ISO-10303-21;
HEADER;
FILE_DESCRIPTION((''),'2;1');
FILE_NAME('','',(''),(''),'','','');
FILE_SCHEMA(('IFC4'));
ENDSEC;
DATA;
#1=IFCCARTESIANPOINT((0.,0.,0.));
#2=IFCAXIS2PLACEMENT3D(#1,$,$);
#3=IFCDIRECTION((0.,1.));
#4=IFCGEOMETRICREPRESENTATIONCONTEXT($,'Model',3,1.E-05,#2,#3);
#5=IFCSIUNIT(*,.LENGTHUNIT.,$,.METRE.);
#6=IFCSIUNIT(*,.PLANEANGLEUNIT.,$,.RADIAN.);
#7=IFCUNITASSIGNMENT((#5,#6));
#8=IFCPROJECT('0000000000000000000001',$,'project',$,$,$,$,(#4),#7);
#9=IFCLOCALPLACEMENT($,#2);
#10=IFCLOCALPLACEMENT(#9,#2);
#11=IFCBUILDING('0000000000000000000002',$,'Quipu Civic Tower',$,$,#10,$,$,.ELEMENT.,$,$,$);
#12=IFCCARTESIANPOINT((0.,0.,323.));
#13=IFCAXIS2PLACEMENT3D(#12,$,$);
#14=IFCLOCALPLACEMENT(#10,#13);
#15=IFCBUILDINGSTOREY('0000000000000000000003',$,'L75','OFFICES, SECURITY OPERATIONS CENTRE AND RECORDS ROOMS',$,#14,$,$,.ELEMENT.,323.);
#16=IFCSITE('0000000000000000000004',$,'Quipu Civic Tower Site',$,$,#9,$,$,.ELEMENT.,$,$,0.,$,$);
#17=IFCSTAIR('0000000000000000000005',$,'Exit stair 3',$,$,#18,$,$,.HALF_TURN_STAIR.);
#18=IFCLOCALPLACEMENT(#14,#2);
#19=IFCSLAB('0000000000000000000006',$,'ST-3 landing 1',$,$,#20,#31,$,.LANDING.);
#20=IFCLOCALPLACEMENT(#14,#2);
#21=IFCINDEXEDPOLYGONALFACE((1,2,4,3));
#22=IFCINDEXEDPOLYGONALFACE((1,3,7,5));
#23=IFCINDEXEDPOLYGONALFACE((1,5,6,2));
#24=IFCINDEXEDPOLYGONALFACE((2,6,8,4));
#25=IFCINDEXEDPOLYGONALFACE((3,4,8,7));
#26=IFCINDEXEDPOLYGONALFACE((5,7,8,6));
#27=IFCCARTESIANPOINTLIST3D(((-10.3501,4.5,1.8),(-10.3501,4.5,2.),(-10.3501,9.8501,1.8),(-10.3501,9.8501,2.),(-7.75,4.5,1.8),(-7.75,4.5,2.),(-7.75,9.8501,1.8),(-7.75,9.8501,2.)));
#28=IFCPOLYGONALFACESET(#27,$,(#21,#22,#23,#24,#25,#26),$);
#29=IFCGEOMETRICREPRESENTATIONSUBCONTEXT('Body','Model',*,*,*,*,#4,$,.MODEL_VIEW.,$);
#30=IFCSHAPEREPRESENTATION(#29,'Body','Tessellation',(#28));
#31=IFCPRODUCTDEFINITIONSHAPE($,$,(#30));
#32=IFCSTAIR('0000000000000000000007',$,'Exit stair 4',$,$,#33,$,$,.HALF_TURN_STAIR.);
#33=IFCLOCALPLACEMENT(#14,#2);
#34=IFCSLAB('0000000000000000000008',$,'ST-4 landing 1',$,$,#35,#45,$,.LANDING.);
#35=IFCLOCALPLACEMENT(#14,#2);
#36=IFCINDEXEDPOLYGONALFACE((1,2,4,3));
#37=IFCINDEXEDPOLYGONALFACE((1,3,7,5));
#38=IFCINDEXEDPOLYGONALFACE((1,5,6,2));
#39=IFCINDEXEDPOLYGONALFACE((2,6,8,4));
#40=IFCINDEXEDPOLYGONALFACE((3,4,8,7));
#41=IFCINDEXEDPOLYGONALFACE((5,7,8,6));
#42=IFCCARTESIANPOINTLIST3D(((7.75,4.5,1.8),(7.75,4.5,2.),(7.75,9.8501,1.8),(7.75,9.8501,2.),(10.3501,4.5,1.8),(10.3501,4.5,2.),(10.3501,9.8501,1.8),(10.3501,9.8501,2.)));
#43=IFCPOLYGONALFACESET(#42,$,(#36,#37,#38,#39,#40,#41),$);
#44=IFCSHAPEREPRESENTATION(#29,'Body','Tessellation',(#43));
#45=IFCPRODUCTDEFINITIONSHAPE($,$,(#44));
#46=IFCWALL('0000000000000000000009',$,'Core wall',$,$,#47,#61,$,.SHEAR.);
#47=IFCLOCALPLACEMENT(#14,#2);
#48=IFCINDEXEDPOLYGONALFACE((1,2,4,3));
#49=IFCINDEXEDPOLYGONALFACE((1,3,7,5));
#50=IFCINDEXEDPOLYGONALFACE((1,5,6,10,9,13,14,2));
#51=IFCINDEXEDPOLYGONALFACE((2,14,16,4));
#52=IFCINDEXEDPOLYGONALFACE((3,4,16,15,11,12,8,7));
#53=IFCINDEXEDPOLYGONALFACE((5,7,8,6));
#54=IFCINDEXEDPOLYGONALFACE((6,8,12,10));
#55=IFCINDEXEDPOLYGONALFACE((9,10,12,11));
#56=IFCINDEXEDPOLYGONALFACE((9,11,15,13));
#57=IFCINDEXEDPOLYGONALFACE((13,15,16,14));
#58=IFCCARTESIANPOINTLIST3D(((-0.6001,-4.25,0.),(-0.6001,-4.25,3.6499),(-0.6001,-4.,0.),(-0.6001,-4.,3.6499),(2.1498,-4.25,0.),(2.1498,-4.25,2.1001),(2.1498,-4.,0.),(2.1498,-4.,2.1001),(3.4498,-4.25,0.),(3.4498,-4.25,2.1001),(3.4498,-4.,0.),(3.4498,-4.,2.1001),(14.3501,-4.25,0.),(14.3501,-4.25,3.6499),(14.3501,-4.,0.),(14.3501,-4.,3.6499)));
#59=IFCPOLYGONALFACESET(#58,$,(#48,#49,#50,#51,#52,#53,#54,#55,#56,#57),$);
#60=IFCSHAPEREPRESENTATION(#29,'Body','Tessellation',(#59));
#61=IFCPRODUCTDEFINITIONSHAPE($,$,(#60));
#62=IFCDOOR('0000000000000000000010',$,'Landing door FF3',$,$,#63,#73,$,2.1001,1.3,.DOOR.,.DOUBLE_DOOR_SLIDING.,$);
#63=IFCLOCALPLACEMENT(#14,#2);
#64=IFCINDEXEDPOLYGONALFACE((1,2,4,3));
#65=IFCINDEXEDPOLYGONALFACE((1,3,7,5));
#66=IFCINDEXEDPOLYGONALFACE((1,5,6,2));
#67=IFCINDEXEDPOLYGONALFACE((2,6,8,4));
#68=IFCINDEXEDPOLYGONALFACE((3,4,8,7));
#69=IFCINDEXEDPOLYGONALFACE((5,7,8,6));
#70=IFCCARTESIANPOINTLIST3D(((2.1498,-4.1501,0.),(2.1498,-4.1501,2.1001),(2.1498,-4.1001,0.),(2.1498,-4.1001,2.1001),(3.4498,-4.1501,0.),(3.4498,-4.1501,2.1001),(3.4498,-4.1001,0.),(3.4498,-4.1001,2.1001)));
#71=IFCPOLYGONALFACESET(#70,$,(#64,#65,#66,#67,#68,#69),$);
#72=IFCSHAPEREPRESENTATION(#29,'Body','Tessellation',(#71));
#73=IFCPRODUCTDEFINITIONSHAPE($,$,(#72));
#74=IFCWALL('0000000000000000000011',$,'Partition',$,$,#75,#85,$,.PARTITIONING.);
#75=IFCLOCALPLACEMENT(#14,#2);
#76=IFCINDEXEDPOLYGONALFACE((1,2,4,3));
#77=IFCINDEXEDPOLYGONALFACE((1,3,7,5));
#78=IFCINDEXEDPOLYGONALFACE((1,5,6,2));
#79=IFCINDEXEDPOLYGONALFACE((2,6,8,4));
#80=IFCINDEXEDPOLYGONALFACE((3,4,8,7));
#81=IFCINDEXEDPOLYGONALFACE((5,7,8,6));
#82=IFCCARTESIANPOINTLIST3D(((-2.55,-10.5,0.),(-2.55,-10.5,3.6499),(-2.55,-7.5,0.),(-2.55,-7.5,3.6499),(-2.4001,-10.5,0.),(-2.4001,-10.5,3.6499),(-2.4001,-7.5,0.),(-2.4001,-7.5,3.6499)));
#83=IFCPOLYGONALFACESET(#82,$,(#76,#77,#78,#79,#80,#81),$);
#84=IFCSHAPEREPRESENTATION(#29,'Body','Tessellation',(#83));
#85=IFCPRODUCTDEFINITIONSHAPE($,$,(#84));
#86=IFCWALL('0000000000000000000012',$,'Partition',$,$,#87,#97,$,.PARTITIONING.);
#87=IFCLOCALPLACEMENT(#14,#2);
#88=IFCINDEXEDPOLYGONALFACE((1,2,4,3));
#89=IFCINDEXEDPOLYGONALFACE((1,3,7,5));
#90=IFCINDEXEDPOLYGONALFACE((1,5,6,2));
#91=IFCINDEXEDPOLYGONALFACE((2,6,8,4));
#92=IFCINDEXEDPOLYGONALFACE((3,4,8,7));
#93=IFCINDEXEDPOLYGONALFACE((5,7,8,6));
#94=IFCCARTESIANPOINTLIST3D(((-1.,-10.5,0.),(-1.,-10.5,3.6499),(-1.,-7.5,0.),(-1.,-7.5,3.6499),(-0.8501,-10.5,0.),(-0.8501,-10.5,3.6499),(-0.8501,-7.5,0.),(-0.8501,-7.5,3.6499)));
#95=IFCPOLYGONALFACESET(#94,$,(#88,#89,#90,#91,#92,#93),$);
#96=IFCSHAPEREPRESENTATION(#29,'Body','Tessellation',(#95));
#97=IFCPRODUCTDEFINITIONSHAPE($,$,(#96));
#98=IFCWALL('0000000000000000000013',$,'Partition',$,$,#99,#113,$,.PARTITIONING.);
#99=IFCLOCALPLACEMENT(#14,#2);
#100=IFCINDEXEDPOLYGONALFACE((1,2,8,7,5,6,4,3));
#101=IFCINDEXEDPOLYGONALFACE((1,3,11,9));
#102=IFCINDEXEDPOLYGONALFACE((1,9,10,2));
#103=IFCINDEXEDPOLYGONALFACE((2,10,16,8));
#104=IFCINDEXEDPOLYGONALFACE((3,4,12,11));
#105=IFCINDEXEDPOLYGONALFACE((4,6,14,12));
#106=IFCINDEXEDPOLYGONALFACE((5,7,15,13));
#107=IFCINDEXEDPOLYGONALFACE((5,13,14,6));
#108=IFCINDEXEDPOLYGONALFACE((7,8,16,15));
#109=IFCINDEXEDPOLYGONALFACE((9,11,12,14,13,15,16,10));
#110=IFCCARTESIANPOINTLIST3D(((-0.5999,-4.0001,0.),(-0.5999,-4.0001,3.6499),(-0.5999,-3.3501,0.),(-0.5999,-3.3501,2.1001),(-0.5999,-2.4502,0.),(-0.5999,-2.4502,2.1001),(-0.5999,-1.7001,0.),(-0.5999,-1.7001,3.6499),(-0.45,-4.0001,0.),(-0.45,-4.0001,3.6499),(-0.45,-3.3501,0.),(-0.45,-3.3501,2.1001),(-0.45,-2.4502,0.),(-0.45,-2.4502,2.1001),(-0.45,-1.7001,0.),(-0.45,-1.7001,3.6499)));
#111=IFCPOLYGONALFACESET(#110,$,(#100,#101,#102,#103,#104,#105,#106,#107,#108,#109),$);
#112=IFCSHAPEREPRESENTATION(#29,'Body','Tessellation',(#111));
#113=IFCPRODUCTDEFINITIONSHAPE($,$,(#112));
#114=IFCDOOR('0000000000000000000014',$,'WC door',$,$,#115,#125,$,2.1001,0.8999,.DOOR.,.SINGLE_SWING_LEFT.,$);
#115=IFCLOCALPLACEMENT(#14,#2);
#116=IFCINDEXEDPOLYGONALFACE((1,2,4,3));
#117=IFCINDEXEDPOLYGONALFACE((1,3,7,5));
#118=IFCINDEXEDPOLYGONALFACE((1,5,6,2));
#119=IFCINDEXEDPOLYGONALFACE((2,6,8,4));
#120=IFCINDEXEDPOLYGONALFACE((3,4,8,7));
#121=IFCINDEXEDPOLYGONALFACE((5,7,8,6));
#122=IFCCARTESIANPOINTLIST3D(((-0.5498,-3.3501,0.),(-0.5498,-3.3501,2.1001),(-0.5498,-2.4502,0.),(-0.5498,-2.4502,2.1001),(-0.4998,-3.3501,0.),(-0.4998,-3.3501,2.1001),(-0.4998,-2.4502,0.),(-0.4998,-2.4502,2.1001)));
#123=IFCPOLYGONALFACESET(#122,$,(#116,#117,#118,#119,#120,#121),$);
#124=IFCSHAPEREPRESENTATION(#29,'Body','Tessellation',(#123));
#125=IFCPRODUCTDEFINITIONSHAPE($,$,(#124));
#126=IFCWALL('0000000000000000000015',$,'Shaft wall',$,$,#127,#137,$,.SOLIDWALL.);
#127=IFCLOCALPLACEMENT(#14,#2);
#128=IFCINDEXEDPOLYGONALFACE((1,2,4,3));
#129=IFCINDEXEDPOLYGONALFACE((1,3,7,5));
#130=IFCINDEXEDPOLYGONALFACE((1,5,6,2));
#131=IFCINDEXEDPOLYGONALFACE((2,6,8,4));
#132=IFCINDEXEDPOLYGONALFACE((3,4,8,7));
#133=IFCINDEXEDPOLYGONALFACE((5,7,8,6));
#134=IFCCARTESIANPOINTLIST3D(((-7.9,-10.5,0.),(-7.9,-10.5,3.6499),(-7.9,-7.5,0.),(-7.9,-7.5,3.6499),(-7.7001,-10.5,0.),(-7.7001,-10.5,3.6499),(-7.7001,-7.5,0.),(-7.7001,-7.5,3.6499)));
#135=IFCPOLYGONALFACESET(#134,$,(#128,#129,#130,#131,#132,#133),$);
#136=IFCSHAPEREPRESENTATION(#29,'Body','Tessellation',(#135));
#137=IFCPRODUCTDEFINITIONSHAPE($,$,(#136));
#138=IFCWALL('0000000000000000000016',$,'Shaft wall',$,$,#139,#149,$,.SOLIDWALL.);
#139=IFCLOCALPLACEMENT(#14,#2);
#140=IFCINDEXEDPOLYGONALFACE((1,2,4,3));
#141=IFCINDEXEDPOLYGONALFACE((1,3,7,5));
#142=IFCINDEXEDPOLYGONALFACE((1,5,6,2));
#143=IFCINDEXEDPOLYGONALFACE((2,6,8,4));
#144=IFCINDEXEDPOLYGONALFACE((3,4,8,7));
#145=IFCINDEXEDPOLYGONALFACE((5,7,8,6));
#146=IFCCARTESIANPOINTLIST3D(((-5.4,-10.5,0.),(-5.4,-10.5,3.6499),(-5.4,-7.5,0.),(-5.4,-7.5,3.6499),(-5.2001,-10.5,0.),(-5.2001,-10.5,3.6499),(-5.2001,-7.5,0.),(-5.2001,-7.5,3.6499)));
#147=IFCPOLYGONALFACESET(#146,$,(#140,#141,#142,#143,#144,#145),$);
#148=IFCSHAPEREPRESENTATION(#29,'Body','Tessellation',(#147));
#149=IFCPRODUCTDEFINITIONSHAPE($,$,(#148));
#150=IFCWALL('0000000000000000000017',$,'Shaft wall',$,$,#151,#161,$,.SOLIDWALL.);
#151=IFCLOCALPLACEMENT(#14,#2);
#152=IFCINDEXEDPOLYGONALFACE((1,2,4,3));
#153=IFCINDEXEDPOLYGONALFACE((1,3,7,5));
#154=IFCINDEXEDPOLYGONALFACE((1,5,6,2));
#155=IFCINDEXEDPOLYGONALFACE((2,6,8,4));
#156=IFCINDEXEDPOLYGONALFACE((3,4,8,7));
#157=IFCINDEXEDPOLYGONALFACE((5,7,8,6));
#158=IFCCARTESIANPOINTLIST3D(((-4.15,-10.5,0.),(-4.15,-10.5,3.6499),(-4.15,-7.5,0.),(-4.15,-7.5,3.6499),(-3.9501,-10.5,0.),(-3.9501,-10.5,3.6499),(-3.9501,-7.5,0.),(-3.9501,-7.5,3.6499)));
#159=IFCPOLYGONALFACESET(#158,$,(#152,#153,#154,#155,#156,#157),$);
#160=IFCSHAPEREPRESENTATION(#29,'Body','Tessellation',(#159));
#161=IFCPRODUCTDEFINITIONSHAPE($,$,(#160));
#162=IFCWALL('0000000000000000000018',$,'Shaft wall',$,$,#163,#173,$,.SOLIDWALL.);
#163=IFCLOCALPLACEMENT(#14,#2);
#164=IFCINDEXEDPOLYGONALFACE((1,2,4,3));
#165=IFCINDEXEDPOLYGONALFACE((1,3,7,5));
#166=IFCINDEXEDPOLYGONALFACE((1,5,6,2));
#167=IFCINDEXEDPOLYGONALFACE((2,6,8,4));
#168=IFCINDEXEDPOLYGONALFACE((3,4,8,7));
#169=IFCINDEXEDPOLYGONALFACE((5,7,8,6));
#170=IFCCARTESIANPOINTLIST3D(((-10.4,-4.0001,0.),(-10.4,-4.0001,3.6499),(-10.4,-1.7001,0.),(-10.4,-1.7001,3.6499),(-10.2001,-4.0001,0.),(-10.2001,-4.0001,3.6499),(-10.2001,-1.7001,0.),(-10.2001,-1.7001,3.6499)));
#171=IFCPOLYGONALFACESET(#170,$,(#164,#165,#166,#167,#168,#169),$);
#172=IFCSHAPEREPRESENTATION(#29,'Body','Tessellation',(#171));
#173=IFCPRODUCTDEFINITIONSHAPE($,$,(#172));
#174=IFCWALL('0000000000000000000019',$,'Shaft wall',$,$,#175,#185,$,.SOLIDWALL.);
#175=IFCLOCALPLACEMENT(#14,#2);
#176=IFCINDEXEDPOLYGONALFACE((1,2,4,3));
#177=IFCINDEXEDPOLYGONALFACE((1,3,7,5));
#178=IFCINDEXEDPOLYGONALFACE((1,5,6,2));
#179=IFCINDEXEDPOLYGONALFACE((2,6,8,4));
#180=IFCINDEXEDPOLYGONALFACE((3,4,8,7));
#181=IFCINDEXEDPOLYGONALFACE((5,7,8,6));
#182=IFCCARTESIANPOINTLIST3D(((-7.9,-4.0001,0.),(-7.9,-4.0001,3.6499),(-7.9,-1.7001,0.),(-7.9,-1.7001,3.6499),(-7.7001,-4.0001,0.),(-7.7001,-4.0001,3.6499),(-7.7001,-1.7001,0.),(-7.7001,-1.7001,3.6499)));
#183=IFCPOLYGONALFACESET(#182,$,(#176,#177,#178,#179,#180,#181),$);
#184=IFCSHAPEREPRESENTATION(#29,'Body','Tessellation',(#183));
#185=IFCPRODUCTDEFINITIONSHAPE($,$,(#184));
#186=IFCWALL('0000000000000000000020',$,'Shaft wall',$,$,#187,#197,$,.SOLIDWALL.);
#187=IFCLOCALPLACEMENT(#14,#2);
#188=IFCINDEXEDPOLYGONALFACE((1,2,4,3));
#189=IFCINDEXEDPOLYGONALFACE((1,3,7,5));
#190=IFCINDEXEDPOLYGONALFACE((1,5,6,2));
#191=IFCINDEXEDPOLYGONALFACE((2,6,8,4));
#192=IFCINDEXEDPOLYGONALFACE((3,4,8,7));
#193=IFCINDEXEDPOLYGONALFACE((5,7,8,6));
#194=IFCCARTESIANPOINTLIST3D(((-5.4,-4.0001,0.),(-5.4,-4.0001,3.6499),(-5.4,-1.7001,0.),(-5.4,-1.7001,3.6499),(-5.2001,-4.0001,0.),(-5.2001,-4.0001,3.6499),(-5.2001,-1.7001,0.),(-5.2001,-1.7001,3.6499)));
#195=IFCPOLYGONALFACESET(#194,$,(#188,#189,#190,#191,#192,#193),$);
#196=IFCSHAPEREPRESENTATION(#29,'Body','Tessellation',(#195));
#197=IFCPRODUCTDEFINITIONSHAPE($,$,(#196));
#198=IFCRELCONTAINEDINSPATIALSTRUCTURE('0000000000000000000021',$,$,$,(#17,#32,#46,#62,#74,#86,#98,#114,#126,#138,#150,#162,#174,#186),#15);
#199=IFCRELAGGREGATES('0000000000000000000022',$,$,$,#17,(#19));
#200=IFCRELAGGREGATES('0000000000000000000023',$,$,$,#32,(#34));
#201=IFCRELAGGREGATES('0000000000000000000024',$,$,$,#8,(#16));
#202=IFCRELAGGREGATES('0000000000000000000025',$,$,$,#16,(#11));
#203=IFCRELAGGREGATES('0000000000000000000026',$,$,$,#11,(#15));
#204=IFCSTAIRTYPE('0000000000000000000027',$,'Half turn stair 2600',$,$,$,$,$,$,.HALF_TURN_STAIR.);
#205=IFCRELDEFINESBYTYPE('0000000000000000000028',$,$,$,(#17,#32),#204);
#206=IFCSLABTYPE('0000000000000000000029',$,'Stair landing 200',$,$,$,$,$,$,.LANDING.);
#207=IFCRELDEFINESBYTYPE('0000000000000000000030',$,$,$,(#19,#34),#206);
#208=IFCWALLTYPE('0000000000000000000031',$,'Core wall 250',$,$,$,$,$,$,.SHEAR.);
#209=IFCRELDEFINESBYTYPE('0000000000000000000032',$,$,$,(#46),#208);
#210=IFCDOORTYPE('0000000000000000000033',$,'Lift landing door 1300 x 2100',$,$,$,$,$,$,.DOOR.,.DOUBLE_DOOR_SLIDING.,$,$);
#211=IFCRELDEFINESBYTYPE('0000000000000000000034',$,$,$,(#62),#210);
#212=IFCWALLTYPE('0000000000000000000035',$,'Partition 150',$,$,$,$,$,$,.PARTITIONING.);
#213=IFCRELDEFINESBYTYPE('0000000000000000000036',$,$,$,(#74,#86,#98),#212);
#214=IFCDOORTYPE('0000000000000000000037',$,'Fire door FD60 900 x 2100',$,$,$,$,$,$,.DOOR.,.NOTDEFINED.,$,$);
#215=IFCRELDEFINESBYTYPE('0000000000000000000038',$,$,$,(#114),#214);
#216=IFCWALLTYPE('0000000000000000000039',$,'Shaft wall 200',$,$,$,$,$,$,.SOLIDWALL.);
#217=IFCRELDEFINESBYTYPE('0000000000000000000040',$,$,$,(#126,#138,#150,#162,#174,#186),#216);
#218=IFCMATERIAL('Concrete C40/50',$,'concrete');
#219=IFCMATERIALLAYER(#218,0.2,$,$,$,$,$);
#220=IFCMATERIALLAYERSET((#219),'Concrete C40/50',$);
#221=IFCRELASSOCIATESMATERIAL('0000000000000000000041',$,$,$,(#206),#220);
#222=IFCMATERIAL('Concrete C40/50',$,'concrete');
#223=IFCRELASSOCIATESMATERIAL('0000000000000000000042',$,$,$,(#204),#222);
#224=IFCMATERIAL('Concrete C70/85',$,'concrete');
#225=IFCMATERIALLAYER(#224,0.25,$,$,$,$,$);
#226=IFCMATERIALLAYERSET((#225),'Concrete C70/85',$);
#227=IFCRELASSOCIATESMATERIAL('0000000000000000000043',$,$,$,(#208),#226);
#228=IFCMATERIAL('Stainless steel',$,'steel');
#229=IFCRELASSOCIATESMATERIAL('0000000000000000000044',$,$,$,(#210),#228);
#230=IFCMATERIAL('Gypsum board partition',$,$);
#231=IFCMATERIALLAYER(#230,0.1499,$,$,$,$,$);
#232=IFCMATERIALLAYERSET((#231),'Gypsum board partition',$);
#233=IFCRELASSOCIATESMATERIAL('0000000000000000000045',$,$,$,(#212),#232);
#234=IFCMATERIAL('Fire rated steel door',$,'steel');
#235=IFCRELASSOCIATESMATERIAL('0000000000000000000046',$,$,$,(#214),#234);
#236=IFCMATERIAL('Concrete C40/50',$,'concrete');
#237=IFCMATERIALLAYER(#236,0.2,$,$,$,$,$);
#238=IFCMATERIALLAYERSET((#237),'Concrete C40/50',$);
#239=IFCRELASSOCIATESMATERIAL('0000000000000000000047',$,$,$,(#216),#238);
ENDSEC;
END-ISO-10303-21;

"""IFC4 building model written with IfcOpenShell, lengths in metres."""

from ifc_helpers import new_model, si_unit, direction, frame, frame_2d, origin, place, context, subcontext, project, spatial, polyline, rectangle, outline, extrude, material, layer, layer_set, type_object, element, fill, aggregate, save


model = new_model("IFC4")

# Units and contexts
model_context = context("Model", 3, precision=1e-05, world=origin(), true_north=direction((0.0, 1.0)))
body_context = subcontext(model_context, "Body", "Model", "MODEL_VIEW")
ifc_project = project(units=[si_unit("LENGTHUNIT", "METRE"), si_unit("PLANEANGLEUNIT", "RADIAN")], contexts=[model_context])

# Site, building, storey
site_placement = place(None, origin())
site = spatial("IfcSite", under=ifc_project, at=site_placement, Name="Quipu Civic Tower Site", CompositionType="ELEMENT", RefElevation=0.0)
building_placement = place(site_placement, origin())
building = spatial("IfcBuilding", under=site, at=building_placement, Name="Quipu Civic Tower", CompositionType="ELEMENT")
storey_placement = place(building_placement, frame((0.0, 0.0, 323.0)))
storey = spatial("IfcBuildingStorey", under=building, at=storey_placement, Name="L75", Description="OFFICES, SECURITY OPERATIONS CENTRE AND RECORDS ROOMS", CompositionType="ELEMENT", Elevation=323.0)

# Stairs, slabs
ifc_material_1 = material(Name="Concrete C40/50", Category="concrete")
ifc_layer_1 = layer(ifc_material_1, 0.2)
ifc_layer_set_1 = layer_set([ifc_layer_1], Name="Concrete C40/50")
slab_type_1 = type_object("IfcSlabType", Name="Stair landing 200", PredefinedType="LANDING", material=ifc_layer_set_1)
ifc_material_2 = material(Name="Concrete C40/50", Category="concrete")
stair_type_1 = type_object("IfcStairType", Name="Half turn stair 2600", PredefinedType="HALF_TURN_STAIR", material=ifc_material_2)
stair_1_placement = place(storey_placement, origin())
stair_1 = element("IfcStair", 1, at=stair_1_placement, inside=storey, type_object=stair_type_1, Name="Exit stair 3", PredefinedType="HALF_TURN_STAIR")
slab_1_placement = place(storey_placement, frame((0.0, 0.0, 1.8)))
slab_1 = element("IfcSlab", 2, at=slab_1_placement, type_object=slab_type_1, Name="ST-3 landing 1", PredefinedType="LANDING", context=body_context, shape_type="SweptSolid", body=[
    extrude(outline(polyline([(-10.3501, 4.5), (-7.75, 4.5), (-7.75, 9.8501), (-10.3501, 9.8501), (-10.3501, 4.5)])), origin(), (0.0, 0.0, 1.0), 0.2),
])
aggregate(stair_1, [slab_1])
stair_2_placement = place(storey_placement, origin())
stair_2 = element("IfcStair", 3, at=stair_2_placement, inside=storey, type_object=stair_type_1, Name="Exit stair 4", PredefinedType="HALF_TURN_STAIR")
slab_2_placement = place(storey_placement, frame((0.0, 0.0, 1.8)))
slab_2 = element("IfcSlab", 4, at=slab_2_placement, type_object=slab_type_1, Name="ST-4 landing 1", PredefinedType="LANDING", context=body_context, shape_type="SweptSolid", body=[
    extrude(outline(polyline([(10.3501, 9.8501), (7.75, 9.8501), (7.75, 4.5), (10.3501, 4.5), (10.3501, 9.8501)])), origin(), (0.0, 0.0, 1.0), 0.2),
])
aggregate(stair_2, [slab_2])

# Wall, opening, door
ifc_material_3 = material(Name="Concrete C70/85", Category="concrete")
ifc_layer_2 = layer(ifc_material_3, 0.25)
ifc_layer_set_2 = layer_set([ifc_layer_2], Name="Concrete C70/85")
wall_type_1 = type_object("IfcWallType", Name="Core wall 250", PredefinedType="SHEAR", material=ifc_layer_set_2)
wall_1_placement = place(storey_placement, frame((-0.6001, -4.125, 0.0), z_axis=(0.0, 0.0, 1.0), x_axis=(1.0, 0.0, 0.0)))
wall_1 = element("IfcWall", 5, at=wall_1_placement, inside=storey, type_object=wall_type_1, Name="Core wall", PredefinedType="SHEAR", context=body_context, shape_type="SweptSolid", body=[
    extrude(rectangle(XDim=14.9502, YDim=0.25, at=frame_2d((7.4751, 0.0))), origin(), (0.0, 0.0, 1.0), 3.6499),
])
opening_1_placement = place(wall_1_placement, frame((2.75, 0.0, 0.0)))
opening_1 = element("IfcOpeningElement", 6, at=opening_1_placement, cuts=wall_1, PredefinedType="OPENING", context=body_context, shape_type="SweptSolid", body=[
    extrude(rectangle(XDim=1.3, YDim=2.1001, at=frame_2d((0.6499, 1.05))), frame((0.0, 0.135, 0.0), z_axis=(0.0, -1.0, 0.0), x_axis=(1.0, 0.0, 0.0)), (0.0, 0.0, 1.0), 0.27),
])
ifc_material_4 = material(Name="Stainless steel", Category="steel")
door_type_1 = type_object("IfcDoorType", Name="Lift landing door 1300 x 2100", OperationType="DOUBLE_DOOR_SLIDING", PredefinedType="DOOR", material=ifc_material_4)
door_1_placement = place(opening_1_placement, origin())
door_1 = element("IfcDoor", 7, at=door_1_placement, inside=storey, type_object=door_type_1, Name="Landing door FF3", OperationType="DOUBLE_DOOR_SLIDING", OverallHeight=2.1001, OverallWidth=1.3, PredefinedType="DOOR", context=body_context, shape_type="SweptSolid", body=[
    extrude(rectangle(XDim=1.3, YDim=2.1001, at=frame_2d((0.6499, 1.05))), frame((0.0, 0.0249, 0.0), z_axis=(0.0, -1.0, 0.0), x_axis=(1.0, 0.0, 0.0)), (0.0, 0.0, 1.0), 0.05),
])
fill(opening_1, door_1)

# Walls
ifc_material_5 = material(Name="Gypsum board partition")
ifc_layer_3 = layer(ifc_material_5, 0.1499)
ifc_layer_set_3 = layer_set([ifc_layer_3], Name="Gypsum board partition")
wall_type_2 = type_object("IfcWallType", Name="Partition 150", PredefinedType="PARTITIONING", material=ifc_layer_set_3)
for number, where, z_axis, x_axis, name in (
    (8, (-2.4751, -10.5, 0.0), (0.0, 0.0, 1.0), (0.0, 1.0, 0.0), "Partition"),
    (9, (-0.925, -10.5, 0.0), (0.0, 0.0, 1.0), (0.0, 1.0, 0.0), "Partition"),
):
    element("IfcWall", number, at=place(storey_placement, frame(where, z_axis=z_axis, x_axis=x_axis)), inside=storey, type_object=wall_type_2, Name=name, PredefinedType="PARTITIONING", context=body_context, shape_type="SweptSolid", body=[
        extrude(rectangle(XDim=3.0, YDim=0.1499, at=frame_2d((1.5, 0.0))), origin(), (0.0, 0.0, 1.0), 3.6499),
    ])

# Wall, opening, door
wall_2_placement = place(storey_placement, frame((-0.5249, -4.0, 0.0), z_axis=(0.0, 0.0, 1.0), x_axis=(0.0, 1.0, 0.0)))
wall_2 = element("IfcWall", 10, at=wall_2_placement, inside=storey, type_object=wall_type_2, Name="Partition", PredefinedType="PARTITIONING", context=body_context, shape_type="SweptSolid", body=[
    extrude(rectangle(XDim=2.3, YDim=0.1499, at=frame_2d((1.1499, 0.0))), origin(), (0.0, 0.0, 1.0), 3.6499),
])
opening_2_placement = place(wall_2_placement, frame((0.6499, 0.0, 0.0)))
opening_2 = element("IfcOpeningElement", 11, at=opening_2_placement, cuts=wall_2, PredefinedType="OPENING", context=body_context, shape_type="SweptSolid", body=[
    extrude(rectangle(XDim=0.8999, YDim=2.1001, at=frame_2d((0.45, 1.05))), frame((0.0, 0.085, 0.0), z_axis=(0.0, -1.0, 0.0), x_axis=(1.0, 0.0, 0.0)), (0.0, 0.0, 1.0), 0.1699),
])
ifc_material_6 = material(Name="Fire rated steel door", Category="steel")
door_type_2 = type_object("IfcDoorType", Name="Fire door FD60 900 x 2100", OperationType="NOTDEFINED", PredefinedType="DOOR", material=ifc_material_6)
door_2_placement = place(opening_2_placement, origin())
door_2 = element("IfcDoor", 12, at=door_2_placement, inside=storey, type_object=door_type_2, Name="WC door", OperationType="SINGLE_SWING_LEFT", OverallHeight=2.1001, OverallWidth=0.8999, PredefinedType="DOOR", context=body_context, shape_type="SweptSolid", body=[
    extrude(rectangle(XDim=0.8999, YDim=2.1001, at=frame_2d((0.45, 1.05))), frame((0.0, 0.0249, 0.0), z_axis=(0.0, -1.0, 0.0), x_axis=(1.0, 0.0, 0.0)), (0.0, 0.0, 1.0), 0.05),
])
fill(opening_2, door_2)

# Walls
ifc_material_7 = material(Name="Concrete C40/50", Category="concrete")
ifc_layer_4 = layer(ifc_material_7, 0.2)
ifc_layer_set_4 = layer_set([ifc_layer_4], Name="Concrete C40/50")
wall_type_3 = type_object("IfcWallType", Name="Shaft wall 200", PredefinedType="SOLIDWALL", material=ifc_layer_set_4)
for number, where, z_axis, x_axis, name in (
    (13, (-7.8, -10.5, 0.0), (0.0, 0.0, 1.0), (0.0, 1.0, 0.0), "Shaft wall"),
    (14, (-5.3, -10.5, 0.0), (0.0, 0.0, 1.0), (0.0, 1.0, 0.0), "Shaft wall"),
    (15, (-4.05, -10.5, 0.0), (0.0, 0.0, 1.0), (0.0, 1.0, 0.0), "Shaft wall"),
):
    element("IfcWall", number, at=place(storey_placement, frame(where, z_axis=z_axis, x_axis=x_axis)), inside=storey, type_object=wall_type_3, Name=name, PredefinedType="SOLIDWALL", context=body_context, shape_type="SweptSolid", body=[
        extrude(rectangle(XDim=3.0, YDim=0.2, at=frame_2d((1.5, 0.0))), origin(), (0.0, 0.0, 1.0), 3.6499),
    ])
for number, where, z_axis, x_axis, name in (
    (16, (-10.3, -4.0, 0.0), (0.0, 0.0, 1.0), (0.0, 1.0, 0.0), "Shaft wall"),
    (17, (-7.8, -4.0, 0.0), (0.0, 0.0, 1.0), (0.0, 1.0, 0.0), "Shaft wall"),
    (18, (-5.3, -4.0, 0.0), (0.0, 0.0, 1.0), (0.0, 1.0, 0.0), "Shaft wall"),
):
    element("IfcWall", number, at=place(storey_placement, frame(where, z_axis=z_axis, x_axis=x_axis)), inside=storey, type_object=wall_type_3, Name=name, PredefinedType="SOLIDWALL", context=body_context, shape_type="SweptSolid", body=[
        extrude(rectangle(XDim=2.3, YDim=0.2, at=frame_2d((1.1499, 0.0))), origin(), (0.0, 0.0, 1.0), 3.6499),
    ])

save(model, "model.ifc")
